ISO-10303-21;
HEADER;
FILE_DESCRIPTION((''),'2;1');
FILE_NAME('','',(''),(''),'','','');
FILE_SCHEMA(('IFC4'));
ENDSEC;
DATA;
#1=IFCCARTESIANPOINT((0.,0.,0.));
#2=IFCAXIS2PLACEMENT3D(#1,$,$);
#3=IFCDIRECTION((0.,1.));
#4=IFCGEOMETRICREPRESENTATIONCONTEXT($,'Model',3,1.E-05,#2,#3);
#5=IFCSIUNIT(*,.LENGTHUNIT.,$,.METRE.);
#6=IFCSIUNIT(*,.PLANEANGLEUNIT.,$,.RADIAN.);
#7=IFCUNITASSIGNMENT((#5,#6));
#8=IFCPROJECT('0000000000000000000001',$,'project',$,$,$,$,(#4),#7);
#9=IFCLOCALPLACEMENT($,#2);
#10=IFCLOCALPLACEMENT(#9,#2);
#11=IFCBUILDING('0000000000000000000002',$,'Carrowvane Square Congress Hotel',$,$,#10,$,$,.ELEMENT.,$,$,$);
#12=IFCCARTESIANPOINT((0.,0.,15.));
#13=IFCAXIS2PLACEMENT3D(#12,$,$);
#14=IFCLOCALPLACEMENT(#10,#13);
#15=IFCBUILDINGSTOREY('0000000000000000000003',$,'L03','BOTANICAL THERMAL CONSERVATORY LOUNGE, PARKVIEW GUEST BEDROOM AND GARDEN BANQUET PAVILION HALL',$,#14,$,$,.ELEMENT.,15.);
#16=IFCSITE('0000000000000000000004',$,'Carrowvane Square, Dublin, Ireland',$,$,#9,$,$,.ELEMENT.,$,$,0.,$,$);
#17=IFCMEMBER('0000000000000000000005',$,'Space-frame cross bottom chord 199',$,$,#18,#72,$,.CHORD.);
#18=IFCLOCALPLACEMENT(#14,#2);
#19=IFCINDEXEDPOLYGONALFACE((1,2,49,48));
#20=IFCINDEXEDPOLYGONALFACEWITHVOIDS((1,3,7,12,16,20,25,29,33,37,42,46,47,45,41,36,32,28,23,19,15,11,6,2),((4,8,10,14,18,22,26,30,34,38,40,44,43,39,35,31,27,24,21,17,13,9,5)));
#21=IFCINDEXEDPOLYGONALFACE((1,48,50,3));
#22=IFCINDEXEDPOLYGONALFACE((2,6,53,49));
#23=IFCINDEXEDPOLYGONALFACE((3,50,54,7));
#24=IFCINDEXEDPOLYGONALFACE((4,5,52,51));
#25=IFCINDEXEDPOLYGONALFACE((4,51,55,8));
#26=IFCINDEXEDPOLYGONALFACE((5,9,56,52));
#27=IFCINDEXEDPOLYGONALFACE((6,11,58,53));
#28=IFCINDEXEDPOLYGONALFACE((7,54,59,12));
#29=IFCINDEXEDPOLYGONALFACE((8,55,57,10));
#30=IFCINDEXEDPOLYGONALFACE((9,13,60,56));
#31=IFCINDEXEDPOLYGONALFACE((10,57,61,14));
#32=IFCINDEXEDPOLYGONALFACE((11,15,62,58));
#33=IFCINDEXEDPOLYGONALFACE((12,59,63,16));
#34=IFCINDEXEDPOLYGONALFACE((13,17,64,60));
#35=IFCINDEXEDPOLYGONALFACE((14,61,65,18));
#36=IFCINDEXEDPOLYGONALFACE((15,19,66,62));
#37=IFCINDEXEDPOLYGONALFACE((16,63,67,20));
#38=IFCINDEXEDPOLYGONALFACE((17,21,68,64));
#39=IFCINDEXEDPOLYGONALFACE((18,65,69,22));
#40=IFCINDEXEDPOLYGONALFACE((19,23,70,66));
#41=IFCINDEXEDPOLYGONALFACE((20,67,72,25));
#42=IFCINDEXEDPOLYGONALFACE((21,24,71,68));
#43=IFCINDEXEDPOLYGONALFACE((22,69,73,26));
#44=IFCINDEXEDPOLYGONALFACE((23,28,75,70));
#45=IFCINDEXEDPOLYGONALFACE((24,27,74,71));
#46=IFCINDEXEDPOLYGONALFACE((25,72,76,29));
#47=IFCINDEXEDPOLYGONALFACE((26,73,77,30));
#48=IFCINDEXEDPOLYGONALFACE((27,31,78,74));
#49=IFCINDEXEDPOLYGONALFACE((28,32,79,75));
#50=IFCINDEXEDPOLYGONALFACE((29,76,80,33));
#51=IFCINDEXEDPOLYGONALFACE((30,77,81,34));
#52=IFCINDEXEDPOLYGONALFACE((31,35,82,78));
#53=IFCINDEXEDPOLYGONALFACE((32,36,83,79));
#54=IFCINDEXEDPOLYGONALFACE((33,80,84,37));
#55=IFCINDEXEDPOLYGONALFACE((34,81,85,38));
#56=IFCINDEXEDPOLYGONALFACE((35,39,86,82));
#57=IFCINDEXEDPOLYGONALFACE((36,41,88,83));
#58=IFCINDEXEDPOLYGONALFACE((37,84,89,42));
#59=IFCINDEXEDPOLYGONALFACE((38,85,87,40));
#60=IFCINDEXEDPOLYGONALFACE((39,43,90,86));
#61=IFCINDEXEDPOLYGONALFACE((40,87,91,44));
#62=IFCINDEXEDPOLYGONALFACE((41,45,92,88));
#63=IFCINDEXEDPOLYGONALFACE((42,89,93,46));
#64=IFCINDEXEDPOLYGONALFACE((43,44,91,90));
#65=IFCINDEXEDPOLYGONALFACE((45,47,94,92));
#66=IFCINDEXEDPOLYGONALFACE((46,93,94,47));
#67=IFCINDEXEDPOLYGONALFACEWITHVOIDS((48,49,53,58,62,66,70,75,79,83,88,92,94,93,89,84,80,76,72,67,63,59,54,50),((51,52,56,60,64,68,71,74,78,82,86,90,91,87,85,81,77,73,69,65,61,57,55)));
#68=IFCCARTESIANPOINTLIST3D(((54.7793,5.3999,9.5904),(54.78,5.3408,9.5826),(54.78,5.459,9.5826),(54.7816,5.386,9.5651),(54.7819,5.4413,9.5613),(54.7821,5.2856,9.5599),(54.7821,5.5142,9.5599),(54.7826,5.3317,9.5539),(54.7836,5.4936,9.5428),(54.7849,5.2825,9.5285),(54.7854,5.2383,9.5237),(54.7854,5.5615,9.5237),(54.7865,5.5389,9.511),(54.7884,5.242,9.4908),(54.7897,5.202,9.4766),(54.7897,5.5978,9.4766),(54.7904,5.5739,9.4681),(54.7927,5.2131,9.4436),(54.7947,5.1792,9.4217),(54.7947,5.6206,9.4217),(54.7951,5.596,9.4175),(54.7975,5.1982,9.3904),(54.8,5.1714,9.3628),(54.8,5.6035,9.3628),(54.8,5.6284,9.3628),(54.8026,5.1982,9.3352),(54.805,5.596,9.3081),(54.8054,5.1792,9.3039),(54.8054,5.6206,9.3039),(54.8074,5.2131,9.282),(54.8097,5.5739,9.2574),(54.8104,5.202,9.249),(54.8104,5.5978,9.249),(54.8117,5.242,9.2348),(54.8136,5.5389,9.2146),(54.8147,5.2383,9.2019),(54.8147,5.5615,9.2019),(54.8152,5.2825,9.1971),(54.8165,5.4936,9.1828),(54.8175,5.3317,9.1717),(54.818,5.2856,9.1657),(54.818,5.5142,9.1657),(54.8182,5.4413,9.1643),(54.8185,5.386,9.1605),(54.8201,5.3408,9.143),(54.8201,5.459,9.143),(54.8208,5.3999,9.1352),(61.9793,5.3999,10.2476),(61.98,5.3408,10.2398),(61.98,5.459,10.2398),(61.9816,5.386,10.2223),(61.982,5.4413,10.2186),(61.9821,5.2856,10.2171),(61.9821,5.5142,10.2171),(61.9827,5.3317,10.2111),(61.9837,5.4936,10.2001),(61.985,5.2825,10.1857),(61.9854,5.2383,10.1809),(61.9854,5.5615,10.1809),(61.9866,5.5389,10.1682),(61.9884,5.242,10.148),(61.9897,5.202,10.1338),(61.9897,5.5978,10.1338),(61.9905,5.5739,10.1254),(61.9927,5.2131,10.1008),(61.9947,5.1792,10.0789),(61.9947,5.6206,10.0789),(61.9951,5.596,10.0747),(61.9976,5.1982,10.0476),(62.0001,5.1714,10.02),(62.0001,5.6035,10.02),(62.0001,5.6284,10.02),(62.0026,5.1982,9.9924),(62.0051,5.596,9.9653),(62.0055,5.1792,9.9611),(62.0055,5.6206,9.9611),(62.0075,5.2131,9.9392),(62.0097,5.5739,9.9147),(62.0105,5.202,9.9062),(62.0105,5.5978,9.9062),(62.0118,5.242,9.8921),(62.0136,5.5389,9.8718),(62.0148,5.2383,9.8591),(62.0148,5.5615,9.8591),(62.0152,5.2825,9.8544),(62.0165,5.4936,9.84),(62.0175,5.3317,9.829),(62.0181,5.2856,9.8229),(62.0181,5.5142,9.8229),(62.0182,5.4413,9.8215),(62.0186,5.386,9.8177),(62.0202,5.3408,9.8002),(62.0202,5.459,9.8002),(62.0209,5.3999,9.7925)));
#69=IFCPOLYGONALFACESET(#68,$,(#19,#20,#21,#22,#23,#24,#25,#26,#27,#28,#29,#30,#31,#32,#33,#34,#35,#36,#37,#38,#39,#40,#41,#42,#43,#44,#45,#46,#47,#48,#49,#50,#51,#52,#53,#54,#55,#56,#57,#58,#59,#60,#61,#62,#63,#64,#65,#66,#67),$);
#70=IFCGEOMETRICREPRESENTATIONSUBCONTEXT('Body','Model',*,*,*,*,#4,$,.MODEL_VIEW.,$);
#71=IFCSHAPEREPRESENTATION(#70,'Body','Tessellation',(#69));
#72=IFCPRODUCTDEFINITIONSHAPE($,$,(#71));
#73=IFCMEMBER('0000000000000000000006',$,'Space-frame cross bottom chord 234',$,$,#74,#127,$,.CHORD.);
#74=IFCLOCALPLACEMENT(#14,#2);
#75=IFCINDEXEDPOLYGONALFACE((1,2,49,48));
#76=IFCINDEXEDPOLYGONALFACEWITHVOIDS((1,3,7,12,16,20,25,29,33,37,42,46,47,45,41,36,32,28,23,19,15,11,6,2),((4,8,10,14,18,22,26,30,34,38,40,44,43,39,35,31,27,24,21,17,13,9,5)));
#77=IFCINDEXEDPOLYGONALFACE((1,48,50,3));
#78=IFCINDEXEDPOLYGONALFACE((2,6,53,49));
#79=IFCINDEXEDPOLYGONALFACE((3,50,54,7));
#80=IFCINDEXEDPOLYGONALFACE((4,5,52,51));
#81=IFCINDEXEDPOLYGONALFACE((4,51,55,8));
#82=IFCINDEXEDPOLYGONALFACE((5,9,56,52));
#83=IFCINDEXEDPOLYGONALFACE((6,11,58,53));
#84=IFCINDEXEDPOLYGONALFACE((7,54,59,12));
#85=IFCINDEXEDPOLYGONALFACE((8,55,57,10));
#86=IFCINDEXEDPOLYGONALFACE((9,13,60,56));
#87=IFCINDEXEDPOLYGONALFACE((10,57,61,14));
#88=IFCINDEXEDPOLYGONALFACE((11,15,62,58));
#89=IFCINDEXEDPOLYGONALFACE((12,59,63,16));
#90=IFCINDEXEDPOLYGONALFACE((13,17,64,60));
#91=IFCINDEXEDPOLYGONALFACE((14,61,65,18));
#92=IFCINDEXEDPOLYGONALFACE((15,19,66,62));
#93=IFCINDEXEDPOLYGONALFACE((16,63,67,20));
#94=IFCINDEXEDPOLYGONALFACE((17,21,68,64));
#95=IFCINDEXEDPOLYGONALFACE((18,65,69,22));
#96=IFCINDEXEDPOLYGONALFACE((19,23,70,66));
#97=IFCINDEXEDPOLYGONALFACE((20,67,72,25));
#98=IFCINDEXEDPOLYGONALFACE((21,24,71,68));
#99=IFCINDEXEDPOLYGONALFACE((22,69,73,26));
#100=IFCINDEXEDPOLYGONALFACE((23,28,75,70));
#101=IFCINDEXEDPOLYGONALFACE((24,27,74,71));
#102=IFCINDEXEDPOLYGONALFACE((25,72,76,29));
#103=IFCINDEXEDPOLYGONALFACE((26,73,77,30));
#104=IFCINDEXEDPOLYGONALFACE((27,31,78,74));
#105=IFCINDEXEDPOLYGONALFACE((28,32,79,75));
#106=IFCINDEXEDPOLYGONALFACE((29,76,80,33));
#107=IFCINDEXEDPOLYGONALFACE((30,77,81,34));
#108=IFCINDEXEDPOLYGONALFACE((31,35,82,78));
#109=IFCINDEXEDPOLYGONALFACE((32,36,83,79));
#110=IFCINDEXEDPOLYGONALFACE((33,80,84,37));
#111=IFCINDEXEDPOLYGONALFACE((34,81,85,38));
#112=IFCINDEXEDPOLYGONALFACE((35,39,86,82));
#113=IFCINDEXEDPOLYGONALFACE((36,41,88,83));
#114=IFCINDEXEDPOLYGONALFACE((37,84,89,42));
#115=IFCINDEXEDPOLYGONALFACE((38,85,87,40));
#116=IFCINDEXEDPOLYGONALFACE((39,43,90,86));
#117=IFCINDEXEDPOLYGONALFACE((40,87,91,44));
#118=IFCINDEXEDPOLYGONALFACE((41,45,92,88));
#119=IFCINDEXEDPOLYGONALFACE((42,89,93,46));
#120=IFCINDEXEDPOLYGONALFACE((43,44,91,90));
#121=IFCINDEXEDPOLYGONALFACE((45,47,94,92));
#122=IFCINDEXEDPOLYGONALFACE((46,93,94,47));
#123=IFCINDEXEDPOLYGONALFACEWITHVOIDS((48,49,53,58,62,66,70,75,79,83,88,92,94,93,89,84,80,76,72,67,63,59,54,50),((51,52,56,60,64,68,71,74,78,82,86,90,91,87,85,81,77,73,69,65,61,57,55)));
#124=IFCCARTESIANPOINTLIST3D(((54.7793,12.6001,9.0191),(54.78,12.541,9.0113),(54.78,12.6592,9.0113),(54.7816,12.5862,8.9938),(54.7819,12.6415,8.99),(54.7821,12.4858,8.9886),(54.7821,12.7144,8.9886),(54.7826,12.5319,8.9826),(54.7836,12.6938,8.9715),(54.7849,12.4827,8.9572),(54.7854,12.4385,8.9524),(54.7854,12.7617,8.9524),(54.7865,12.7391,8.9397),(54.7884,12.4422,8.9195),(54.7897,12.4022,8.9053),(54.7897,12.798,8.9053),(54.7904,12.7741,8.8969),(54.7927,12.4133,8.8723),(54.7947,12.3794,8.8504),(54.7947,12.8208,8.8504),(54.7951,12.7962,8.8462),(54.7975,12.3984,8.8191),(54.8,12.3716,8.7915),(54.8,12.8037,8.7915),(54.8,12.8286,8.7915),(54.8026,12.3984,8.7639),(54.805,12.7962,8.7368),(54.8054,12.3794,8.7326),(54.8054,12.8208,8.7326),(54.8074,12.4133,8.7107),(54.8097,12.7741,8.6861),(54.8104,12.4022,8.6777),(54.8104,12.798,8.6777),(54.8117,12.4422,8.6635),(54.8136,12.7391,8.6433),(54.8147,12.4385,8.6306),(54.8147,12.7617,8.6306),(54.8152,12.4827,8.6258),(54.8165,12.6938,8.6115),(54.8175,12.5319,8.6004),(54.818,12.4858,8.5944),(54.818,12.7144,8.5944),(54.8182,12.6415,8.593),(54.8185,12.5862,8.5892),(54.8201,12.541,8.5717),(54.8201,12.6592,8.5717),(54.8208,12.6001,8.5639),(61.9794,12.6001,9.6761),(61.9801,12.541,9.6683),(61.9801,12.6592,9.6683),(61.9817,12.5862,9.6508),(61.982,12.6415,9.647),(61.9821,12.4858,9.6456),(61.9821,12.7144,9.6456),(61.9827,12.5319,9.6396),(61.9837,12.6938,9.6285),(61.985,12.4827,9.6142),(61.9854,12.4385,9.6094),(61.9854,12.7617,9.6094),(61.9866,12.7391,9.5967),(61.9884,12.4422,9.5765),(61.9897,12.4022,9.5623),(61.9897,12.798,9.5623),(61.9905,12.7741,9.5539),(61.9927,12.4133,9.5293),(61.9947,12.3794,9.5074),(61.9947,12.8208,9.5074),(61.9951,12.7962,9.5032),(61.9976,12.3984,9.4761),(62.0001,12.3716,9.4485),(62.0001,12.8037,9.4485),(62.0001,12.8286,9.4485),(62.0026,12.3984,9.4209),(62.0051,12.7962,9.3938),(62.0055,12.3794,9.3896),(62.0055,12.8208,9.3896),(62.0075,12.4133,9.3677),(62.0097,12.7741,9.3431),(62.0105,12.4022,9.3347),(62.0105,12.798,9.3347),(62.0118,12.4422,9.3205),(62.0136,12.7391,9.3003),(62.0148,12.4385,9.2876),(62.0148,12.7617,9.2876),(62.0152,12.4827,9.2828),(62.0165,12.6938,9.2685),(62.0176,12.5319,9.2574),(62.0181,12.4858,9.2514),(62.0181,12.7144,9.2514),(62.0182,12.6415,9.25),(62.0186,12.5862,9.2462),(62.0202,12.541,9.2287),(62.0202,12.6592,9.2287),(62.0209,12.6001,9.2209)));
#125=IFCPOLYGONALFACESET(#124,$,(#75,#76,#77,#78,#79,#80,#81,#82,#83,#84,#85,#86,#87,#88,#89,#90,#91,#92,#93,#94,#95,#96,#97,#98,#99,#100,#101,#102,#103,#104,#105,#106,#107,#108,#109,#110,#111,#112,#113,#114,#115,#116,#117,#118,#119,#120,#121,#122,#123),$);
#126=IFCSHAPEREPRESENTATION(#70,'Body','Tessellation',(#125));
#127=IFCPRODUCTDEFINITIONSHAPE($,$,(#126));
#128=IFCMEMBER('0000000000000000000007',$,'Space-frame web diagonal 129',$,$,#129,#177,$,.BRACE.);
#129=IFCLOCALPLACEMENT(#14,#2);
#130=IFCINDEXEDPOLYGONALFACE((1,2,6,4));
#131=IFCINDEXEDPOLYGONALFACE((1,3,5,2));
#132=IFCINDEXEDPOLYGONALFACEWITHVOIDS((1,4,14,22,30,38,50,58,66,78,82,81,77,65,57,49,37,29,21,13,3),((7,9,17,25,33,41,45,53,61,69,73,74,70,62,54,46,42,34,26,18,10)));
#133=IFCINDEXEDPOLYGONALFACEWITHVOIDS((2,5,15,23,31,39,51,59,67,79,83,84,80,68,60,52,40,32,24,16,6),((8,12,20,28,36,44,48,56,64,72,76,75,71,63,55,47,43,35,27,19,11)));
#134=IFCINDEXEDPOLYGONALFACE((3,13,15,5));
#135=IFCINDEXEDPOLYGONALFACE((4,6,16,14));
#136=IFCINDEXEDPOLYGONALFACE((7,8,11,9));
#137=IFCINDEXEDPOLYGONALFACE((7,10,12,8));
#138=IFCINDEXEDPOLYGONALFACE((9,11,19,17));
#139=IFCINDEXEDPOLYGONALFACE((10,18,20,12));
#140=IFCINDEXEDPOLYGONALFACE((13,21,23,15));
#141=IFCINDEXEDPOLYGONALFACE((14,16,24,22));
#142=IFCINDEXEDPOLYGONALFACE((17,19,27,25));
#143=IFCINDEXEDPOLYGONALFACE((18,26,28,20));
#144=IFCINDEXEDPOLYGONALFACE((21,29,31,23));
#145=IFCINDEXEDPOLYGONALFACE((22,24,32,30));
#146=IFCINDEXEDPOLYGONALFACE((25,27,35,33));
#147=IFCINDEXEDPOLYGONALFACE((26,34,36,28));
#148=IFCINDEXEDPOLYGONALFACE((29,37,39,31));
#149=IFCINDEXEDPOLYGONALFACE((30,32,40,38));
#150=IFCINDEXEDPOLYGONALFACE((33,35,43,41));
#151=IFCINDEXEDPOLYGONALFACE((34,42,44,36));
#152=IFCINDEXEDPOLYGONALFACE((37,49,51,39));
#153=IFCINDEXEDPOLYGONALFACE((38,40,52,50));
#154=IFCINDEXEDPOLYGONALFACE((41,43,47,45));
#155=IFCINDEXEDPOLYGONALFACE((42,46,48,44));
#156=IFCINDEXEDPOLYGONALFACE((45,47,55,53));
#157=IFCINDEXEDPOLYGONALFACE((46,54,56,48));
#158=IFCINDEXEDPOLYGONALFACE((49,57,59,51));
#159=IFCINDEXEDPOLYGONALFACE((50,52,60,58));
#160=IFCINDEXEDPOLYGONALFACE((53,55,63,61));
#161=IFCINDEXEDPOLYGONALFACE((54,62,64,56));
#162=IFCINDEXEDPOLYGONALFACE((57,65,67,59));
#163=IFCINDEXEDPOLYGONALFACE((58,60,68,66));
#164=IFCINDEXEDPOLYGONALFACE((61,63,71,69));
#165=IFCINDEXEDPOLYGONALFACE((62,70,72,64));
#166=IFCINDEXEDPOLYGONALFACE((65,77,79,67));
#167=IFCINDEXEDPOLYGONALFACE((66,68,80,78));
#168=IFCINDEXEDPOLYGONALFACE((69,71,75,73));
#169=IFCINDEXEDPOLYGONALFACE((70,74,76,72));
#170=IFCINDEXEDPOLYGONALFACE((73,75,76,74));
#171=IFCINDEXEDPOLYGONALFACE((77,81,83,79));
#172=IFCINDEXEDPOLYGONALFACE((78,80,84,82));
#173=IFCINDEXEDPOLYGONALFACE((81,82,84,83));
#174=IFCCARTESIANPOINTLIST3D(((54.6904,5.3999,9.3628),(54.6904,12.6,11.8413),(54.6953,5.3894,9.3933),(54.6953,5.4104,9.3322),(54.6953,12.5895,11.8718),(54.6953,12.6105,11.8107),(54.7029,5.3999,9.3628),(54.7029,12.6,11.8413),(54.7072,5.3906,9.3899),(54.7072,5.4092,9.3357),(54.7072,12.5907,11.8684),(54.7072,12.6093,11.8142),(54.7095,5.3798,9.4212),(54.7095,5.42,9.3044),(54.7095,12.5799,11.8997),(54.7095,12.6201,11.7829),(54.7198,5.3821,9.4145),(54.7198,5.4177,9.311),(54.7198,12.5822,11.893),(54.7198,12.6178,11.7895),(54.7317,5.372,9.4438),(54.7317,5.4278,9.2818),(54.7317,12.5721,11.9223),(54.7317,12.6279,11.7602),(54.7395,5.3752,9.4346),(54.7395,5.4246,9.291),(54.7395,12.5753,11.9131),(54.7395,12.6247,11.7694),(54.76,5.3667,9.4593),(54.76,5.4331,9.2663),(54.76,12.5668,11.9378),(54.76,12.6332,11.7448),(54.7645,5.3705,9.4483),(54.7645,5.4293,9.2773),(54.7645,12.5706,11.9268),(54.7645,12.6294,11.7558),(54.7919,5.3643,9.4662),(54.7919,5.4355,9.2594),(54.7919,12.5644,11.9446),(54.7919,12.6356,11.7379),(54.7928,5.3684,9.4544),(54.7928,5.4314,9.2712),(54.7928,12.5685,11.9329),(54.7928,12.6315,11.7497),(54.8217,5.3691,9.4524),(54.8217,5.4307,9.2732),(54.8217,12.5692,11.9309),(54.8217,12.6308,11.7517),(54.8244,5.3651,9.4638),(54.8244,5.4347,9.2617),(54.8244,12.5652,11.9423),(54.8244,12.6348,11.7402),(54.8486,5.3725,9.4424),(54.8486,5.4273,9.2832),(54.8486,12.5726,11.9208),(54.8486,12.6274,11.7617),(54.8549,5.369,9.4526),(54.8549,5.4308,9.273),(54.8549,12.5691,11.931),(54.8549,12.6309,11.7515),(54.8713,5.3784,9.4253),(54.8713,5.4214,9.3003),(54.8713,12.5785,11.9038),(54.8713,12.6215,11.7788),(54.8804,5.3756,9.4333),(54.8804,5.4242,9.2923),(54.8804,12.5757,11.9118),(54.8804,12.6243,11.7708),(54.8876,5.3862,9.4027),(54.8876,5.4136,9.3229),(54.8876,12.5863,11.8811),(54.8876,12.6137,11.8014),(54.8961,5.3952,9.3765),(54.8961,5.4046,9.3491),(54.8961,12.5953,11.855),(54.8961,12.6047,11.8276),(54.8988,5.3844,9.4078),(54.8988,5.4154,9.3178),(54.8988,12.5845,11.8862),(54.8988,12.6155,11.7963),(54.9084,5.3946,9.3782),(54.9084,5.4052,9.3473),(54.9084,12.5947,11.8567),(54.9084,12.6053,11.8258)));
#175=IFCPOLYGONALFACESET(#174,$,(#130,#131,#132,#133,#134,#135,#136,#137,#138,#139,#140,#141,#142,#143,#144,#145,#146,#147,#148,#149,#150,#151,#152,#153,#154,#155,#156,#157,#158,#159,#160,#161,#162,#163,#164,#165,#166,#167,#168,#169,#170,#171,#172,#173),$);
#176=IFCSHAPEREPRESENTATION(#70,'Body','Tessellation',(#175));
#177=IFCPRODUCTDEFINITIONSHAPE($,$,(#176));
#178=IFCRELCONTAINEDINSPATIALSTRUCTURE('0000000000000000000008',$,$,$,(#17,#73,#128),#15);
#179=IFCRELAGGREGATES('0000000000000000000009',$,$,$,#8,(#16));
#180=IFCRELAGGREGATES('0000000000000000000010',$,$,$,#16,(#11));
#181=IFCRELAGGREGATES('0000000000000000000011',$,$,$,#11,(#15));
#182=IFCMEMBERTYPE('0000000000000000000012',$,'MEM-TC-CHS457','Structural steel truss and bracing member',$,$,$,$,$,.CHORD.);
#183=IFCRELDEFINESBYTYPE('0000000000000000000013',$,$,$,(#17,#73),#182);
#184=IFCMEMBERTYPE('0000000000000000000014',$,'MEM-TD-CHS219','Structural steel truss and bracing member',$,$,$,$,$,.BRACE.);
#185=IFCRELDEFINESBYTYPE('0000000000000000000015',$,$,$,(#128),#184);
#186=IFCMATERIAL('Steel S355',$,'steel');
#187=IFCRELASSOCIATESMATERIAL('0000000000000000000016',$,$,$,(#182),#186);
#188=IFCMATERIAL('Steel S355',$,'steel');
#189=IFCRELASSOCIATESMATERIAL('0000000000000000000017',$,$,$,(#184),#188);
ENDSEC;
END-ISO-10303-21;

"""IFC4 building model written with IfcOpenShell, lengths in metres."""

from ifc_helpers import new_model, si_unit, direction, frame, origin, origin_2d, place, context, subcontext, project, spatial, hollow_circle, extrude, material, material_profile, profile_set, type_object, element, save


model = new_model("IFC4")

# Units and contexts
model_context = context("Model", 3, precision=1e-05, world=origin(), true_north=direction((0.0, 1.0)))
body_context = subcontext(model_context, "Body", "Model", "MODEL_VIEW")
ifc_project = project(units=[si_unit("LENGTHUNIT", "METRE"), si_unit("PLANEANGLEUNIT", "RADIAN")], contexts=[model_context])

# Site, building, storey
site_placement = place(None, origin())
site = spatial("IfcSite", under=ifc_project, at=site_placement, Name="Carrowvane Square, Dublin, Ireland", CompositionType="ELEMENT", RefElevation=0.0)
building_placement = place(site_placement, origin())
building = spatial("IfcBuilding", under=site, at=building_placement, Name="Carrowvane Square Congress Hotel", CompositionType="ELEMENT")
storey_placement = place(building_placement, frame((0.0, 0.0, 15.0)))
storey = spatial("IfcBuildingStorey", under=building, at=storey_placement, Name="L03", Description="BOTANICAL THERMAL CONSERVATORY LOUNGE, PARKVIEW GUEST BEDROOM AND GARDEN BANQUET PAVILION HALL", CompositionType="ELEMENT", Elevation=15.0)

# Members
ifc_material_1 = material(Name="Steel S355", Category="steel")
ifc_material_profile_1 = material_profile(ifc_material_1, hollow_circle(Radius=0.2285, WallThickness=0.0249, at=origin_2d()), Name="CHS 457.0x25")
ifc_profile_set_1 = profile_set([ifc_material_profile_1], Name="Steel S355")
member_type_1 = type_object("IfcMemberType", Name="MEM-TC-CHS457", Description="Structural steel truss and bracing member", PredefinedType="CHORD", material=ifc_profile_set_1)
for number, where, z_axis, x_axis, name in (
    (1, (54.8, 5.3999, 9.3628), (0.99586, 0.0, 0.090904), (0.0, 1.0, 0.0), "Space-frame cross bottom chord 199"),
    (2, (54.8, 12.6001, 8.7915), (0.995863, 0.0, 0.090871), (0.0, 1.0, 0.0), "Space-frame cross bottom chord 234"),
):
    element("IfcMember", number, at=place(storey_placement, frame(where, z_axis=z_axis, x_axis=x_axis)), inside=storey, type_object=member_type_1, Name=name, PredefinedType="CHORD", context=body_context, shape_type="SweptSolid", body=[
        extrude(hollow_circle(Radius=0.2285, WallThickness=0.0249, at=origin_2d()), origin(), (0.0, 0.0, 1.0), 7.23),
    ])
ifc_material_2 = material(Name="Steel S355", Category="steel")
ifc_material_profile_2 = material_profile(ifc_material_2, hollow_circle(Radius=0.1096, WallThickness=0.0125, at=origin_2d()), Name="CHS 219.1x12.5")
ifc_profile_set_2 = profile_set([ifc_material_profile_2], Name="Steel S355")
member_type_2 = type_object("IfcMemberType", Name="MEM-TD-CHS219", Description="Structural steel truss and bracing member", PredefinedType="BRACE", material=ifc_profile_set_2)
member_1_placement = place(storey_placement, frame((54.8, 5.3999, 9.3628), z_axis=(0.0, 0.945547, 0.325485), x_axis=(-1.0, 0.0, 0.0)))
element("IfcMember", 3, at=member_1_placement, inside=storey, type_object=member_type_2, Name="Space-frame web diagonal 129", PredefinedType="BRACE", context=body_context, shape_type="SweptSolid", body=[
    extrude(hollow_circle(Radius=0.1096, WallThickness=0.0125, at=origin_2d()), origin(), (0.0, 0.0, 1.0), 7.6147),
])

save(model, "model.ifc")
